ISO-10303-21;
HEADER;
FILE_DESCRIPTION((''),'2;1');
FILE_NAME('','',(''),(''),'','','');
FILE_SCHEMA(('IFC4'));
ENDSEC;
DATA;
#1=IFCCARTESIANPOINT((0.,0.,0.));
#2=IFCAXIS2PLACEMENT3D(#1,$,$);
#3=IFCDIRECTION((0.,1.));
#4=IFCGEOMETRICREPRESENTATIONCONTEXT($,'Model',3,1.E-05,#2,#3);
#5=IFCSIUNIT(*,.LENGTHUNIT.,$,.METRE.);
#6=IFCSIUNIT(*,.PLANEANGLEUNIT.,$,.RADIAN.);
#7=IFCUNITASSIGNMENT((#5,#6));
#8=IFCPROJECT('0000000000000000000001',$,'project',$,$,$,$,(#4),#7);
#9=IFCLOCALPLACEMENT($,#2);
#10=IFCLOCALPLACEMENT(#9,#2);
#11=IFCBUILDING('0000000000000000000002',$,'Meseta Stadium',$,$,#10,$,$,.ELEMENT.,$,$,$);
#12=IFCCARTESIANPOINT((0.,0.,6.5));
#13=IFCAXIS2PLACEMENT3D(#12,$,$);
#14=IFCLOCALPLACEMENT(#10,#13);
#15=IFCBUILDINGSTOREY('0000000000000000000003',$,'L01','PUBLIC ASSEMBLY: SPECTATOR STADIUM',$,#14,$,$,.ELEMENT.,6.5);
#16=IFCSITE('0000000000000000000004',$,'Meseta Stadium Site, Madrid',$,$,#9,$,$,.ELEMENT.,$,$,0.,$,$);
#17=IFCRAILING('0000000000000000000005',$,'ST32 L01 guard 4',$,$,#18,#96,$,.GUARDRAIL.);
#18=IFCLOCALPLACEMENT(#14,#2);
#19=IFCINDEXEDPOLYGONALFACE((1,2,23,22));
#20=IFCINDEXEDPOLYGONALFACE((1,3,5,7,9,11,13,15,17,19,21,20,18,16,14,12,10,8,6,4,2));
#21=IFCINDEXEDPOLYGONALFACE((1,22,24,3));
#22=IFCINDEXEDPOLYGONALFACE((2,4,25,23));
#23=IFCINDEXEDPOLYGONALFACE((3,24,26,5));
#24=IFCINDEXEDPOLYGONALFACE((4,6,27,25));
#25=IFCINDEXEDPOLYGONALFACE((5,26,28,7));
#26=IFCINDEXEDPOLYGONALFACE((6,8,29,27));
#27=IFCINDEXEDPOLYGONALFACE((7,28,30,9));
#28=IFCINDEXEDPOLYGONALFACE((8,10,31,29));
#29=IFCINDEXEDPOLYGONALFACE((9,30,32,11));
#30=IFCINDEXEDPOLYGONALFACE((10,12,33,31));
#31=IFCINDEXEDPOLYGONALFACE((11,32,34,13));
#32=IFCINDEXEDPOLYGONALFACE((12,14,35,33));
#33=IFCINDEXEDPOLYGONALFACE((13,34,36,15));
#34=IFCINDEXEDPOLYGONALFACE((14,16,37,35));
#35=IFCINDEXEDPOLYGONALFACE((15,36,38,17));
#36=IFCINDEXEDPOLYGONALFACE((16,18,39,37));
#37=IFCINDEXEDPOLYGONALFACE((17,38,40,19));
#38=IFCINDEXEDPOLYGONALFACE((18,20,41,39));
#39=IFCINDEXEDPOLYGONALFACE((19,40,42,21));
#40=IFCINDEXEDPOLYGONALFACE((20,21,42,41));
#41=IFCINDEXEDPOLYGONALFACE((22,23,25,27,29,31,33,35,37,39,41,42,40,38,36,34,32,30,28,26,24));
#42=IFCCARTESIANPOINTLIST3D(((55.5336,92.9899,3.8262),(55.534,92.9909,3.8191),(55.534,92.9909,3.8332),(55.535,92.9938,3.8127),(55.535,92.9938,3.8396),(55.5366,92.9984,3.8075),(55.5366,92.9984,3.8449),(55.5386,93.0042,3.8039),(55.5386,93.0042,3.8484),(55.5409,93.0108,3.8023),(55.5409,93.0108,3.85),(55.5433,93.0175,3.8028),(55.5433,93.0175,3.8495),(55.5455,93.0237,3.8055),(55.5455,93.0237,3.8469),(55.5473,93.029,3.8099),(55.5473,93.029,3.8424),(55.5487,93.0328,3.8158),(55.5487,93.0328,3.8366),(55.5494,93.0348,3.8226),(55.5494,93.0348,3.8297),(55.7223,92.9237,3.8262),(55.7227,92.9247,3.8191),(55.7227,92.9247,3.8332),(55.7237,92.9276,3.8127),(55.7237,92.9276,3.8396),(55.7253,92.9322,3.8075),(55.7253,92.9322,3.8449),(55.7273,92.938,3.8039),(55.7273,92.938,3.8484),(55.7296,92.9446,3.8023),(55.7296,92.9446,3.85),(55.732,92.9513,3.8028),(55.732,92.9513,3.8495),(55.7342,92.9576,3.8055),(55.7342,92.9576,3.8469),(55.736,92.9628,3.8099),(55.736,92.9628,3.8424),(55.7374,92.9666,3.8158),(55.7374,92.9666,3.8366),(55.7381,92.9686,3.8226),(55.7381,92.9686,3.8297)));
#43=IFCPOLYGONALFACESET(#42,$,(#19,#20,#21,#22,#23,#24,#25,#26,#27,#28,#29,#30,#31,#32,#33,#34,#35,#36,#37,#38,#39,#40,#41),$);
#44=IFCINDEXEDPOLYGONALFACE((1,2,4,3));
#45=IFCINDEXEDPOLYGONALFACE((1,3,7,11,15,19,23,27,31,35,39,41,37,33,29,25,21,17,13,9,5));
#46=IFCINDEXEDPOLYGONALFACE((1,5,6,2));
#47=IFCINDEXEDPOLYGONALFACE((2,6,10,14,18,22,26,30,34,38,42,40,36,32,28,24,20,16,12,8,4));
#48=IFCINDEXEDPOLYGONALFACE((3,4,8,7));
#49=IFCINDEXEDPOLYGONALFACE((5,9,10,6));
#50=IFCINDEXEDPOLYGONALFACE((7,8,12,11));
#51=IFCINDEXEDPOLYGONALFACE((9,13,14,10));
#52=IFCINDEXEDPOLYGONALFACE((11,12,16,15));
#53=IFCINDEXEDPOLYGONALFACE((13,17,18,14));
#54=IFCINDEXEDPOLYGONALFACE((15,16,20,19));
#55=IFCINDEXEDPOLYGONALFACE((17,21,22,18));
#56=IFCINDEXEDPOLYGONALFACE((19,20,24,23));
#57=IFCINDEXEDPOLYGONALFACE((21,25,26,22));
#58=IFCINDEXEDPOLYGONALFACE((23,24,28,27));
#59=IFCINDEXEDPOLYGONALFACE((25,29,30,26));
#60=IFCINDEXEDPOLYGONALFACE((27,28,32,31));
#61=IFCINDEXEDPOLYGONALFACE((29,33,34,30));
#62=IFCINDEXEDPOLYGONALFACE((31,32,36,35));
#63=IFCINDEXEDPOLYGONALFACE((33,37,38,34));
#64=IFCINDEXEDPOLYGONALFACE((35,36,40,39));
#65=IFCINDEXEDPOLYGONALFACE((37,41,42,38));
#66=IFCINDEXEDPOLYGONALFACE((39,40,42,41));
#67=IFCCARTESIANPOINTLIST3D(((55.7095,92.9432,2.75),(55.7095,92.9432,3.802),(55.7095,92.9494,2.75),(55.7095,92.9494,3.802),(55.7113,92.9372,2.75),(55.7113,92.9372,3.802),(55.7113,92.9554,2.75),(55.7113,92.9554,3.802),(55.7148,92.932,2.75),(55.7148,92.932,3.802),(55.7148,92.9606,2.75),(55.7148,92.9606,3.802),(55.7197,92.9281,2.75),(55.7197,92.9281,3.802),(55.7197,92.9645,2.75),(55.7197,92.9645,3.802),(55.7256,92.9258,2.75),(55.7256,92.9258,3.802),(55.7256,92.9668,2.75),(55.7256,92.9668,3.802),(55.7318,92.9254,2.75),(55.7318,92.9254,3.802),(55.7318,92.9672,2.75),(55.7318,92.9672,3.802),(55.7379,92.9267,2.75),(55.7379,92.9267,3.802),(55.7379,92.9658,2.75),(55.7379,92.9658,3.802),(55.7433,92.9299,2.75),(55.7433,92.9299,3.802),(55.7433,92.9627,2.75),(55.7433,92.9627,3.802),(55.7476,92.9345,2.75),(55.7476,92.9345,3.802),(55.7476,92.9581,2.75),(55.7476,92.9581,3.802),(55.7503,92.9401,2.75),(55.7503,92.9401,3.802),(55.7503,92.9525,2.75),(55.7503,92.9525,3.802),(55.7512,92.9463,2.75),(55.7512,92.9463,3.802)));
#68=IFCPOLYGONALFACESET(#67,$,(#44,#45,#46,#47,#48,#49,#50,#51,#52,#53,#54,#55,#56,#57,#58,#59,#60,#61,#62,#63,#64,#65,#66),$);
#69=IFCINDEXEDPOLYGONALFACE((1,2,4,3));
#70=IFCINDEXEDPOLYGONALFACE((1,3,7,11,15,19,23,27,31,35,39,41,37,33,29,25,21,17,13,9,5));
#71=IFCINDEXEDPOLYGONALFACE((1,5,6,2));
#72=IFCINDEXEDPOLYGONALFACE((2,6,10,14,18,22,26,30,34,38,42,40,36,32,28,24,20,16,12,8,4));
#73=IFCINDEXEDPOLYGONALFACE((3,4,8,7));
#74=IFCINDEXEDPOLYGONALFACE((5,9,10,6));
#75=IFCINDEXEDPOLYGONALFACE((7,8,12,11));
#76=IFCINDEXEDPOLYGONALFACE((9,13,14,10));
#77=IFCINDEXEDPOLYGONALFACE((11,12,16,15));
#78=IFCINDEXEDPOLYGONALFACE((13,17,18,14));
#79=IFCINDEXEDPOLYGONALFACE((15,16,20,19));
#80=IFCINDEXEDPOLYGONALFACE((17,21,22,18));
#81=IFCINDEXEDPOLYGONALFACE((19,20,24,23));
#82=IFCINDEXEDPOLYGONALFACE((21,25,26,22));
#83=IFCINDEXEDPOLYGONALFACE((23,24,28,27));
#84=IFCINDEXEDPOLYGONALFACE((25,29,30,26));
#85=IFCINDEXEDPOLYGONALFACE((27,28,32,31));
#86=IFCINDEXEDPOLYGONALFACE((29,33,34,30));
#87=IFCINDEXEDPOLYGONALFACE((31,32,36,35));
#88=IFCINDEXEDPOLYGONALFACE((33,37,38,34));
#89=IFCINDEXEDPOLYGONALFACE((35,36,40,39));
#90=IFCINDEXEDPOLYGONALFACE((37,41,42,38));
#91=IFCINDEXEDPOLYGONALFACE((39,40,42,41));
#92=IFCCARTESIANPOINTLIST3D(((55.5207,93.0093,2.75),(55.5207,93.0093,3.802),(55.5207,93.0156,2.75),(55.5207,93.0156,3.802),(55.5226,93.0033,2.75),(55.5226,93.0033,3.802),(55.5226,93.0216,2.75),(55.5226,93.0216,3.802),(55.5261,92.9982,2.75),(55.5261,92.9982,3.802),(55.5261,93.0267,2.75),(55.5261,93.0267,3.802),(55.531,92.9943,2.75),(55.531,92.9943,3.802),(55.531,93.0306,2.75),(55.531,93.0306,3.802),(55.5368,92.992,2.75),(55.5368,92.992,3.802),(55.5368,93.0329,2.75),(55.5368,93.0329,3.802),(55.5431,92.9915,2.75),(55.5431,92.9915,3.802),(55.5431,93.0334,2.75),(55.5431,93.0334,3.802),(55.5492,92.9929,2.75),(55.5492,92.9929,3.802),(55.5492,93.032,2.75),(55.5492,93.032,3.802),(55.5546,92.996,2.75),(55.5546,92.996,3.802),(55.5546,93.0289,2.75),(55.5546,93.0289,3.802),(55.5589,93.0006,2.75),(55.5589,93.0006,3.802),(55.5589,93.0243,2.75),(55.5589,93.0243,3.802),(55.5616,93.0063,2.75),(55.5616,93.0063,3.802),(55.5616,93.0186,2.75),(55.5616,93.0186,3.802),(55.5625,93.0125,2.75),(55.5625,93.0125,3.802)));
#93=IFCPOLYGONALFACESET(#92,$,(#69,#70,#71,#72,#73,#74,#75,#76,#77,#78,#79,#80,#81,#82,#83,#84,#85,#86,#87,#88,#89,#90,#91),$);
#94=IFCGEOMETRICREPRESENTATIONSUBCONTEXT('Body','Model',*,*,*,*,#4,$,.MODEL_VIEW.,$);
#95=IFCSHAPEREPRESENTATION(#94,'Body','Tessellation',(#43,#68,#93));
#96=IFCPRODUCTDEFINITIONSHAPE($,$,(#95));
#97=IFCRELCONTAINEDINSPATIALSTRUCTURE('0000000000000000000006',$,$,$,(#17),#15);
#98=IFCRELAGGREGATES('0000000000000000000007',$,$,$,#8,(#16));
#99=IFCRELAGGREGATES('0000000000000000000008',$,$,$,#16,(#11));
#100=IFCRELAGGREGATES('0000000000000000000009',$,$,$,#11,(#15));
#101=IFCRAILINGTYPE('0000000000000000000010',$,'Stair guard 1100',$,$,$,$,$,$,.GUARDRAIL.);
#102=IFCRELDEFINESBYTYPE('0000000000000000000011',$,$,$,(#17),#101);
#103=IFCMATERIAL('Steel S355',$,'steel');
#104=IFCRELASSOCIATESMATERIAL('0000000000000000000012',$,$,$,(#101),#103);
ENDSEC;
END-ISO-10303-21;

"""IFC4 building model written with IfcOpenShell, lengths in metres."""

from ifc_helpers import new_model, si_unit, direction, frame, origin, origin_2d, place, context, subcontext, project, spatial, circle, extrude, material, type_object, element, save


model = new_model("IFC4")

# Units and contexts
model_context = context("Model", 3, precision=1e-05, world=origin(), true_north=direction((0.0, 1.0)))
body_context = subcontext(model_context, "Body", "Model", "MODEL_VIEW")
ifc_project = project(units=[si_unit("LENGTHUNIT", "METRE"), si_unit("PLANEANGLEUNIT", "RADIAN")], contexts=[model_context])

# Site, building, storey
site_placement = place(None, origin())
site = spatial("IfcSite", under=ifc_project, at=site_placement, Name="Meseta Stadium Site, Madrid", CompositionType="ELEMENT", RefElevation=0.0)
building_placement = place(site_placement, origin())
building = spatial("IfcBuilding", under=site, at=building_placement, Name="Meseta Stadium", CompositionType="ELEMENT")
storey_placement = place(building_placement, frame((0.0, 0.0, 6.5)))
storey = spatial("IfcBuildingStorey", under=building, at=storey_placement, Name="L01", Description="PUBLIC ASSEMBLY: SPECTATOR STADIUM", CompositionType="ELEMENT", Elevation=6.5)

# Railing
ifc_material_1 = material(Name="Steel S355", Category="steel")
railing_type_1 = type_object("IfcRailingType", Name="Stair guard 1100", PredefinedType="GUARDRAIL", material=ifc_material_1)
railing_1_placement = place(storey_placement, frame((55.7302, 92.9463, 2.75)))
element("IfcRailing", 1, at=railing_1_placement, inside=storey, type_object=railing_type_1, Name="ST32 L01 guard 4", PredefinedType="GUARDRAIL", context=body_context, shape_type="SweptSolid", body=[
    extrude(circle(Radius=0.0239, at=origin_2d()), frame((0.0, 0.0, 1.0762), z_axis=(-0.943687, 0.33084, 0.0), x_axis=(-0.33084, -0.943687, 0.0)), (0.0, 0.0, 1.0), 0.2),
    extrude(circle(Radius=0.021, at=origin_2d()), origin(), (0.0, 0.0, 1.0), 1.052),
    extrude(circle(Radius=0.021, at=origin_2d()), frame((-0.1887, 0.0662, 0.0)), (0.0, 0.0, 1.0), 1.052),
])

save(model, "model.ifc")
